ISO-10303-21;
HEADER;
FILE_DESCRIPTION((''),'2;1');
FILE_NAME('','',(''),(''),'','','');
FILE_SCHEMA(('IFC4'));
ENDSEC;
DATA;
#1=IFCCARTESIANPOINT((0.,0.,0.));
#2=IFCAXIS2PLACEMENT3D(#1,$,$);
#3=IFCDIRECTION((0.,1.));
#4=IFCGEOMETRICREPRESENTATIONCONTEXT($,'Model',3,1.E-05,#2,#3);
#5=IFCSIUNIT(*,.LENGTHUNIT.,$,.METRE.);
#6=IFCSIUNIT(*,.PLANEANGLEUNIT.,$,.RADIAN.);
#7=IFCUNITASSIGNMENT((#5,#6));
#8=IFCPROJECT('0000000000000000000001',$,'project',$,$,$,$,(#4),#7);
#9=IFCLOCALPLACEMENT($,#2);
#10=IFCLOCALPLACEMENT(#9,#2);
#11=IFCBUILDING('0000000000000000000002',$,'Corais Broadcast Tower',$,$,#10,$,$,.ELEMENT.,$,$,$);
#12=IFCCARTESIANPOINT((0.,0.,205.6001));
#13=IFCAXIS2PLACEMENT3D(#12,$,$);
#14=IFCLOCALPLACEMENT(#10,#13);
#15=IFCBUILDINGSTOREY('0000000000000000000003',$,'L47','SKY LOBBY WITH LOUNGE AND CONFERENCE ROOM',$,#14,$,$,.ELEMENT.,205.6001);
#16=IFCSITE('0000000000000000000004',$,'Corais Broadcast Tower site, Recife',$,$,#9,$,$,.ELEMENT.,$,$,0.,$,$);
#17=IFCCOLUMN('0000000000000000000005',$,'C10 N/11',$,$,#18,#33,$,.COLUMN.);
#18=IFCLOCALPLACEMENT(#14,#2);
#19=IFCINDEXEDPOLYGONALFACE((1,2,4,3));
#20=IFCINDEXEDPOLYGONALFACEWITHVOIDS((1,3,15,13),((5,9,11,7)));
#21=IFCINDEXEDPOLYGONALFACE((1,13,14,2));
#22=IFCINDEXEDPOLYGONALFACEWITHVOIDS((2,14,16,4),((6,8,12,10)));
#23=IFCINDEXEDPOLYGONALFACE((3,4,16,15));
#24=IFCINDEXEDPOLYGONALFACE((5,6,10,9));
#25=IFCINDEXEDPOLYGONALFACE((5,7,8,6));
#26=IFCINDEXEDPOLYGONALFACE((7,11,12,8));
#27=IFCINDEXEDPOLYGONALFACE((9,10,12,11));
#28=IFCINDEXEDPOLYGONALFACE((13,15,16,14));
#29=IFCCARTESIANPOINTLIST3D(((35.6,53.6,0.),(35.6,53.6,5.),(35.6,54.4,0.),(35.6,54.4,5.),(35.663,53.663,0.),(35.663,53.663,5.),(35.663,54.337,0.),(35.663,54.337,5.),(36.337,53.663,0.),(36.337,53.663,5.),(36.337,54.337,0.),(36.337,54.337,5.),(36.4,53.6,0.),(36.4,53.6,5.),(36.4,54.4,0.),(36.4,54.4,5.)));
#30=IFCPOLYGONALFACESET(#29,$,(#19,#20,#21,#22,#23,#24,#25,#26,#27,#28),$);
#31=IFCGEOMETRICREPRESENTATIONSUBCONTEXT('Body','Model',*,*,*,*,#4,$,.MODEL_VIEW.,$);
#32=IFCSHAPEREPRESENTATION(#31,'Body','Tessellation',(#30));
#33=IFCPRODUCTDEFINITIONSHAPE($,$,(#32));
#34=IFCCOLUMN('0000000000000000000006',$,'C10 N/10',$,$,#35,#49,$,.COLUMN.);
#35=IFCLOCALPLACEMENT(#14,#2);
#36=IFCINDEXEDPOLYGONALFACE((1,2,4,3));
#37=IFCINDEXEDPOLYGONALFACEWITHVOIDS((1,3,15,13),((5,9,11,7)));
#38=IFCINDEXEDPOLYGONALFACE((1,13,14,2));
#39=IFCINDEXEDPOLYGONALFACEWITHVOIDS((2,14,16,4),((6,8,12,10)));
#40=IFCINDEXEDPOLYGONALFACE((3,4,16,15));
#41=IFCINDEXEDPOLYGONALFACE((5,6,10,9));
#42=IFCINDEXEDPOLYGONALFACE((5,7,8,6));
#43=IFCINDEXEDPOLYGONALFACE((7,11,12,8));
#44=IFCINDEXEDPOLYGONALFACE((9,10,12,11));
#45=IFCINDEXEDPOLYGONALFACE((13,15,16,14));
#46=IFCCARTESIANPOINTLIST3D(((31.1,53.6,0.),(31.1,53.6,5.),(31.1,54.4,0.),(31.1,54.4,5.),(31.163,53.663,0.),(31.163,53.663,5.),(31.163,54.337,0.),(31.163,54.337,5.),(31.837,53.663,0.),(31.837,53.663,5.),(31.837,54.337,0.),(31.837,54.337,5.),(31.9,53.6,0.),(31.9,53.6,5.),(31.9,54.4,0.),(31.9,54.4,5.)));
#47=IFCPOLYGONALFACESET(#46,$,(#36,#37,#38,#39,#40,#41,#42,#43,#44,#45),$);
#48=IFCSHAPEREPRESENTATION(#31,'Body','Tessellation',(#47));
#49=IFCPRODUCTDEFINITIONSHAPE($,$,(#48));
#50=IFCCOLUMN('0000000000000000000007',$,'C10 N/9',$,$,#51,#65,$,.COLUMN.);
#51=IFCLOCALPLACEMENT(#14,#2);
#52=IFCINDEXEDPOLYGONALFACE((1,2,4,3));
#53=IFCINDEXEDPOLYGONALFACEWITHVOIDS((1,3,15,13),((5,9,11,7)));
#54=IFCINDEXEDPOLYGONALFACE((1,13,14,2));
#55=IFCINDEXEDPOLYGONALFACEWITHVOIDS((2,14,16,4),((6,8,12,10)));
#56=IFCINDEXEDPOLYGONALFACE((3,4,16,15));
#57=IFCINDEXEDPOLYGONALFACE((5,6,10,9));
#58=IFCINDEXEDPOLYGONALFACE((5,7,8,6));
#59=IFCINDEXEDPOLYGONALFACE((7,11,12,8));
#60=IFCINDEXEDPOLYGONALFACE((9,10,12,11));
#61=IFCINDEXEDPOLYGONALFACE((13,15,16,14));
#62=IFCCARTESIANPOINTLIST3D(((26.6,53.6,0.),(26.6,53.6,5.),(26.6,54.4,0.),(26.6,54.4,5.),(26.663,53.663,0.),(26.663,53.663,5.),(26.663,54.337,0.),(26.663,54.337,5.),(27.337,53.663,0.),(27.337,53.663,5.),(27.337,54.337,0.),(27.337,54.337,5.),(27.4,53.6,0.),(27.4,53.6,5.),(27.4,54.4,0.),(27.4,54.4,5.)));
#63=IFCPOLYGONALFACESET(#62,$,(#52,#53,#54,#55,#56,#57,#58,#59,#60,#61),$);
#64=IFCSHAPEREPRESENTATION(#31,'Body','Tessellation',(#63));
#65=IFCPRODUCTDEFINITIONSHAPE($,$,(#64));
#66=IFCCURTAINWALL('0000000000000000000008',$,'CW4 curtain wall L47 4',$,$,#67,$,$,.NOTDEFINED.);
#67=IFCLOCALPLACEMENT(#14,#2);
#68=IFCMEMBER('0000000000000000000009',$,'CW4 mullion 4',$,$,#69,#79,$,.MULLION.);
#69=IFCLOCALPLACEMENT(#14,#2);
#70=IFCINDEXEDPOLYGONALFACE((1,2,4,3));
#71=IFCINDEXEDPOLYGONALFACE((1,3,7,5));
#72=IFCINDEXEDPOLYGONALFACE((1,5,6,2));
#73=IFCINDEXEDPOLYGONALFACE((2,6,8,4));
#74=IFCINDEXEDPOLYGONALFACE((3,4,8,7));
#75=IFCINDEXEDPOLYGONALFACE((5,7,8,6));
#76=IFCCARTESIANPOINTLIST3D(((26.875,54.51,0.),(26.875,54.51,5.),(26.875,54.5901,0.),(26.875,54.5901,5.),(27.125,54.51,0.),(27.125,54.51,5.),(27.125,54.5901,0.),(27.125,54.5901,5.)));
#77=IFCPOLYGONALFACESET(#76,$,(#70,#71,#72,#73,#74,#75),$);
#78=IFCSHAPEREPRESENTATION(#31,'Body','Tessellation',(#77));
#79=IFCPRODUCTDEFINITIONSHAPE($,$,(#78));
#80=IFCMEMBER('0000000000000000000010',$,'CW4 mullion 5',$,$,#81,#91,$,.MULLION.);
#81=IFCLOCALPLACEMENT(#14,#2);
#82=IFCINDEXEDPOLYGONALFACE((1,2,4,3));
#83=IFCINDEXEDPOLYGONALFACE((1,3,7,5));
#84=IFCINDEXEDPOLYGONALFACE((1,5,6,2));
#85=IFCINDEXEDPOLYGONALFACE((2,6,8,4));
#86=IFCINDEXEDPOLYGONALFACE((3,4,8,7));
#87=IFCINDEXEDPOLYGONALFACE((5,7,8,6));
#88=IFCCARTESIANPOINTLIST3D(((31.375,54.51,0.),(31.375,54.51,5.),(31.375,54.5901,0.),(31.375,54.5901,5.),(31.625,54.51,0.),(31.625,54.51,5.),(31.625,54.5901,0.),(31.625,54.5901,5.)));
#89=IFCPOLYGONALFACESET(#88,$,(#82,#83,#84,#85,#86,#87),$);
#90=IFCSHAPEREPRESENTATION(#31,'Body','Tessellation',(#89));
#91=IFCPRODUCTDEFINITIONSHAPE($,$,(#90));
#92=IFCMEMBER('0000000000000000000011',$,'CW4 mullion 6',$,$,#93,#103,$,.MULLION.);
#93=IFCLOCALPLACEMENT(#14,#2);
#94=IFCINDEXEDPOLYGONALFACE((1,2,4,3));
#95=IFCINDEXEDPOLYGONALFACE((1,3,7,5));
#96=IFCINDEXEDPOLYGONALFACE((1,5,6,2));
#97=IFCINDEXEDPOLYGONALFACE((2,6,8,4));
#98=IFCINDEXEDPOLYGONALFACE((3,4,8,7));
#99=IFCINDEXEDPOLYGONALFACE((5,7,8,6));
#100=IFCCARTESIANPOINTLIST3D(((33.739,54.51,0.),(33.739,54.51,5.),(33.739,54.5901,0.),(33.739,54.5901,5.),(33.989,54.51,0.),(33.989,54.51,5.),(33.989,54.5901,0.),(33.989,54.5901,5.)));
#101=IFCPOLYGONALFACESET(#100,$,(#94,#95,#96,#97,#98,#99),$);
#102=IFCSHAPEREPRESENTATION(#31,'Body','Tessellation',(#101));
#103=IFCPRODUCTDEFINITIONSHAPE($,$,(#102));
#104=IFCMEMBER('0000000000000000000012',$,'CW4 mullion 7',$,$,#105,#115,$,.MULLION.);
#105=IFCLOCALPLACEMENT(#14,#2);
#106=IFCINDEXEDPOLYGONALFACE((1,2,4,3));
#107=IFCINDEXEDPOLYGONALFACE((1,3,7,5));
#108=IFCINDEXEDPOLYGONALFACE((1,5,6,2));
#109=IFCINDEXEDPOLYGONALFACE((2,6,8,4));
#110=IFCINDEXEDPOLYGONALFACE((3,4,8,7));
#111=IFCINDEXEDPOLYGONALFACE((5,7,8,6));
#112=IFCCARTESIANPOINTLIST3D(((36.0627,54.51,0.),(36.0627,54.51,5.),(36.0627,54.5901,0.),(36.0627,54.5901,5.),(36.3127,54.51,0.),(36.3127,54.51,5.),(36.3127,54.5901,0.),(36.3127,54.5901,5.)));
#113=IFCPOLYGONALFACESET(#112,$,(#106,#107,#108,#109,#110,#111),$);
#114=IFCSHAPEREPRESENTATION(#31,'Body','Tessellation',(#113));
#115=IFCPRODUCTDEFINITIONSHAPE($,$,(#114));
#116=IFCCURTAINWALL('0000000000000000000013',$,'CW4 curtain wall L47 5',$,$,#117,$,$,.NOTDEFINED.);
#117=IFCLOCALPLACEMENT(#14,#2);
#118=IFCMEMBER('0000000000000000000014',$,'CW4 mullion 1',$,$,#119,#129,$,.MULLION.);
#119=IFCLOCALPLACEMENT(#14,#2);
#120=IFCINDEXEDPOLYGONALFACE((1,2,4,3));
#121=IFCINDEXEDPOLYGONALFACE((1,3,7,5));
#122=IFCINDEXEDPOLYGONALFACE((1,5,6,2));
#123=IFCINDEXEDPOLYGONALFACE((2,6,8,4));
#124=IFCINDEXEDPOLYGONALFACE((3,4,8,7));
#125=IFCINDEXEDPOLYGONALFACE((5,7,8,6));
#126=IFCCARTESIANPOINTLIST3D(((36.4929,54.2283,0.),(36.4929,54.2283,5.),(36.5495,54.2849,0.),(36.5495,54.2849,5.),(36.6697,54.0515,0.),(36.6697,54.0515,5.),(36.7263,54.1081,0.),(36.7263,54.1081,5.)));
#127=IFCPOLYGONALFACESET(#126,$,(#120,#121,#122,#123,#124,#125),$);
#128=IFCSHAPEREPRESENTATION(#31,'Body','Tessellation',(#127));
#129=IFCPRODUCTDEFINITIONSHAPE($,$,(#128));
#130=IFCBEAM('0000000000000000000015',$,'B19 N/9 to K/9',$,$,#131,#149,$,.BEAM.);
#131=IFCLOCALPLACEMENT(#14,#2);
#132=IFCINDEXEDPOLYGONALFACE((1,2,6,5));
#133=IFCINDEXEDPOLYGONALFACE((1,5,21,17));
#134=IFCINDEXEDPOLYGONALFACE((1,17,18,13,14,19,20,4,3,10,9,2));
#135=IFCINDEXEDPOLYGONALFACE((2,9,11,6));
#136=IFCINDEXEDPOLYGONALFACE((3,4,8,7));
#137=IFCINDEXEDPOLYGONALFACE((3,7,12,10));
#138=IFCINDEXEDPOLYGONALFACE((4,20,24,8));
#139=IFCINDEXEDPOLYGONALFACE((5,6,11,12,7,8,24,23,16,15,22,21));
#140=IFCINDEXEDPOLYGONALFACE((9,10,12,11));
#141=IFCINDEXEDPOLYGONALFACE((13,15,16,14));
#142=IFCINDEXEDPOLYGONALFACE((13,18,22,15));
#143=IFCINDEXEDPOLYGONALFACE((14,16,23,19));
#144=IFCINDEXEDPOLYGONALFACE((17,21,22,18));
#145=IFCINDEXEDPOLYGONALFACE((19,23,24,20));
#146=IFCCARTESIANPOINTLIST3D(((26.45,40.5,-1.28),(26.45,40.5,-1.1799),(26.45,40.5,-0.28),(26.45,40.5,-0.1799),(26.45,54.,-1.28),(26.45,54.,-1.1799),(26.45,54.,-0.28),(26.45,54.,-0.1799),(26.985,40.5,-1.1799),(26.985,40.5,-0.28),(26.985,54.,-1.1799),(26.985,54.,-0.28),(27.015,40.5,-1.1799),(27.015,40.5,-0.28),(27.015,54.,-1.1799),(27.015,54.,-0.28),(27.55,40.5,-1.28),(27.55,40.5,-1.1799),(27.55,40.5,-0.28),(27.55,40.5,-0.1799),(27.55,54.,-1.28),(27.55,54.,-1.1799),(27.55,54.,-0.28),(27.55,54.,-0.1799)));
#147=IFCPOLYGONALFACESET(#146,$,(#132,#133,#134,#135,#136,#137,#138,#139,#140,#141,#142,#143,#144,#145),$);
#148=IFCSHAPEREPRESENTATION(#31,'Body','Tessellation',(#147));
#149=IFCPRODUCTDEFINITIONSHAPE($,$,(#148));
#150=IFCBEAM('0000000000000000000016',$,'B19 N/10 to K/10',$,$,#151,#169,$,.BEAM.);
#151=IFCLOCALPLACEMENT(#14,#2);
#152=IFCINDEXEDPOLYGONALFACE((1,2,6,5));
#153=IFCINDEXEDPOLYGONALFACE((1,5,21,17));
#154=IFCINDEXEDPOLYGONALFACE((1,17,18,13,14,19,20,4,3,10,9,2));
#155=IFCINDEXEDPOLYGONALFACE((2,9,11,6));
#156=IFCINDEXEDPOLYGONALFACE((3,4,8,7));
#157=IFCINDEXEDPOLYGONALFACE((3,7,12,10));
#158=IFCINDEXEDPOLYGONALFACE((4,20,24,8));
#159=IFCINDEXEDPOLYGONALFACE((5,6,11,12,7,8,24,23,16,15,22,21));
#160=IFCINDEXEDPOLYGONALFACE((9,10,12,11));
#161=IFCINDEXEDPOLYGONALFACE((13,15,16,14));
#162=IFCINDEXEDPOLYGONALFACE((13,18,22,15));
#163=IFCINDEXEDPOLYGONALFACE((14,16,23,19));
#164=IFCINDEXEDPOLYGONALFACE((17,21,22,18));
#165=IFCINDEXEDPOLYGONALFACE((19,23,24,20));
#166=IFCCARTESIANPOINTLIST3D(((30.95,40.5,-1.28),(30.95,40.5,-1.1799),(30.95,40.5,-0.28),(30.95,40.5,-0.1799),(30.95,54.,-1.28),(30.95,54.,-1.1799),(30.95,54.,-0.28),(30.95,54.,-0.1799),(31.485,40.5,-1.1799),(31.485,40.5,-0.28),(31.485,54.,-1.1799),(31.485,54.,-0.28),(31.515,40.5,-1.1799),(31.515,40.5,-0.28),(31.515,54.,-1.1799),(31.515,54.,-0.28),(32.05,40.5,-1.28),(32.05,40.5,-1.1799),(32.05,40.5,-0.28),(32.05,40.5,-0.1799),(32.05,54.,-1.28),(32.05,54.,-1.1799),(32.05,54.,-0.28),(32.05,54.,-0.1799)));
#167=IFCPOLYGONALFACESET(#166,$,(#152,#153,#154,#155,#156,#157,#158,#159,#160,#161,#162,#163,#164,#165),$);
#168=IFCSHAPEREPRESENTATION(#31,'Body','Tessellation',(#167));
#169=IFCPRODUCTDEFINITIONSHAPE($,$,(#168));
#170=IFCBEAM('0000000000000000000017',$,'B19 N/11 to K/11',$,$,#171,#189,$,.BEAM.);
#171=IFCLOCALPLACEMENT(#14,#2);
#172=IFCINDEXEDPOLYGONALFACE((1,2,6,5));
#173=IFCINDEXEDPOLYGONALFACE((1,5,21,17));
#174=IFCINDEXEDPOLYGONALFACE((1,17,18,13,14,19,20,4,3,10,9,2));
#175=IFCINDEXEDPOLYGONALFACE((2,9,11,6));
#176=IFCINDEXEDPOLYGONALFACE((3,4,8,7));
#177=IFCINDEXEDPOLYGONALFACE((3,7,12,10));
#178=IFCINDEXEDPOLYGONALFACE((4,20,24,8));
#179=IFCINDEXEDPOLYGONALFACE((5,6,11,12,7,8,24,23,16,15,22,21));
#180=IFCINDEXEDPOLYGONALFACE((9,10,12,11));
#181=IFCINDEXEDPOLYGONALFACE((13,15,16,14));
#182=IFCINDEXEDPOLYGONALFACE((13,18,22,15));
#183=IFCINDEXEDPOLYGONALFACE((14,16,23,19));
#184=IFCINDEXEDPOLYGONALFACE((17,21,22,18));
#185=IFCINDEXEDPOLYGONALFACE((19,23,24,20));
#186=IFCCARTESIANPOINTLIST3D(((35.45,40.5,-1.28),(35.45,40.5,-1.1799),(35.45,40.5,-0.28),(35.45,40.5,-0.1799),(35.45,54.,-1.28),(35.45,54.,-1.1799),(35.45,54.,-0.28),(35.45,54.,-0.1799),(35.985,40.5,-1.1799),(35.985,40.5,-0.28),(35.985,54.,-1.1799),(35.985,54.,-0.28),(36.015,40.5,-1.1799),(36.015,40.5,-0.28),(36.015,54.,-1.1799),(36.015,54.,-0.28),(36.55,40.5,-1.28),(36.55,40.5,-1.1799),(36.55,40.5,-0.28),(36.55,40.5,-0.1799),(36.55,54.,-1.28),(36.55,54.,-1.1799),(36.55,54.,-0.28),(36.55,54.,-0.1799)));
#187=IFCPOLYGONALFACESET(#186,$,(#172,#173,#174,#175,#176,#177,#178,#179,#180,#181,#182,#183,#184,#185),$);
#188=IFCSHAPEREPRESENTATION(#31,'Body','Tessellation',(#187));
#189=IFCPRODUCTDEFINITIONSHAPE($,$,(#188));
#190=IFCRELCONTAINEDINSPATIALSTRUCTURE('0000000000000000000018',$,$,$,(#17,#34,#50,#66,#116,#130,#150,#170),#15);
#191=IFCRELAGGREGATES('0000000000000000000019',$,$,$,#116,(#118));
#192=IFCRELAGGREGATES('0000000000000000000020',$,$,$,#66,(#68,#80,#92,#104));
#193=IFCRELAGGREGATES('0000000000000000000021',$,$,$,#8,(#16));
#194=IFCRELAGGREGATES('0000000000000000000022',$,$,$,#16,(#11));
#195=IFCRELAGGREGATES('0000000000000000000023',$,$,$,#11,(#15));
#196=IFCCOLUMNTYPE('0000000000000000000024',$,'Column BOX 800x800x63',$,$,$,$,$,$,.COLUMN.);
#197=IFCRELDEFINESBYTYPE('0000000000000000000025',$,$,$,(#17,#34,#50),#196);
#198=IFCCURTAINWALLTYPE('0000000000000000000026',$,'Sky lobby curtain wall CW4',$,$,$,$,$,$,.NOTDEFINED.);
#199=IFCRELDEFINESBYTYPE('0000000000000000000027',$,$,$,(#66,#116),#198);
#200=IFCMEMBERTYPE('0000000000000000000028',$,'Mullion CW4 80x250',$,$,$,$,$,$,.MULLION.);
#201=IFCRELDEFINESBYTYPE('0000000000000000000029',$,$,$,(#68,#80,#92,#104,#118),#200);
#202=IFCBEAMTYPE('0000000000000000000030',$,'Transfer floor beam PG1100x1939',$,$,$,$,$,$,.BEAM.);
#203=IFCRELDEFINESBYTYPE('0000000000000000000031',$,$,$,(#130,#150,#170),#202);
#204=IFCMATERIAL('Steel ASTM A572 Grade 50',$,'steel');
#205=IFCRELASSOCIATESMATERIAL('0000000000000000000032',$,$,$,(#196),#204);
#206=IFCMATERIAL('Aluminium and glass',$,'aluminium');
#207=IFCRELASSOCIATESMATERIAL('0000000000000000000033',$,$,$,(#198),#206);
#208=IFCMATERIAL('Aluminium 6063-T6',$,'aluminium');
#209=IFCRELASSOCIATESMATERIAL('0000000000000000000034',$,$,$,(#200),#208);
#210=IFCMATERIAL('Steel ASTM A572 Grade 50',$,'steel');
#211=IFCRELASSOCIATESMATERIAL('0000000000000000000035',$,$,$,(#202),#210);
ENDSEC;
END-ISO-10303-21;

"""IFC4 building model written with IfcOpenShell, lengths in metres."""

from ifc_helpers import new_model, si_unit, direction, frame, origin, origin_2d, place, context, subcontext, project, spatial, rectangle, hollow_rectangle, i_section, extrude, material, material_profile, profile_set, type_object, element, aggregate, save


model = new_model("IFC4")

# Units and contexts
model_context = context("Model", 3, precision=1e-05, world=origin(), true_north=direction((0.0, 1.0)))
body_context = subcontext(model_context, "Body", "Model", "MODEL_VIEW")
ifc_project = project(units=[si_unit("LENGTHUNIT", "METRE"), si_unit("PLANEANGLEUNIT", "RADIAN")], contexts=[model_context])

# Site, building, storey
site_placement = place(None, origin())
site = spatial("IfcSite", under=ifc_project, at=site_placement, Name="Corais Broadcast Tower site, Recife", CompositionType="ELEMENT", RefElevation=0.0)
building_placement = place(site_placement, origin())
building = spatial("IfcBuilding", under=site, at=building_placement, Name="Corais Broadcast Tower", CompositionType="ELEMENT")
storey_placement = place(building_placement, frame((0.0, 0.0, 205.6001)))
storey = spatial("IfcBuildingStorey", under=building, at=storey_placement, Name="L47", Description="SKY LOBBY WITH LOUNGE AND CONFERENCE ROOM", CompositionType="ELEMENT", Elevation=205.6001)

# Columns
ifc_material_1 = material(Name="Steel ASTM A572 Grade 50", Category="steel")
ifc_material_profile_1 = material_profile(ifc_material_1, hollow_rectangle(XDim=0.8, YDim=0.8, WallThickness=0.063, at=origin_2d()), Name="BOX 800x800x63")
ifc_profile_set_1 = profile_set([ifc_material_profile_1], Name="Steel ASTM A572 Grade 50")
column_type = type_object("IfcColumnType", Name="Column BOX 800x800x63", PredefinedType="COLUMN", material=ifc_profile_set_1)
for number, where, z_axis, x_axis, name in (
    (1, (36.0, 54.0, 0.0), (0.0, 0.0, 1.0), (1.0, 0.0, 0.0), "C10 N/11"),
    (2, (31.5, 54.0, 0.0), (0.0, 0.0, 1.0), (1.0, 0.0, 0.0), "C10 N/10"),
    (3, (27.0, 54.0, 0.0), (0.0, 0.0, 1.0), (1.0, 0.0, 0.0), "C10 N/9"),
):
    element("IfcColumn", number, at=place(storey_placement, frame(where, z_axis=z_axis, x_axis=x_axis)), inside=storey, type_object=column_type, Name=name, PredefinedType="COLUMN", context=body_context, shape_type="SweptSolid", body=[
        extrude(hollow_rectangle(XDim=0.8, YDim=0.8, WallThickness=0.063, at=origin_2d()), origin(), (0.0, 0.0, 1.0), 5.0),
    ])

# Curtain wall, members
ifc_material_2 = material(Name="Aluminium and glass", Category="aluminium")
curtain_wall_type = type_object("IfcCurtainWallType", Name="Sky lobby curtain wall CW4", PredefinedType="NOTDEFINED", material=ifc_material_2)
curtain_wall_1_placement = place(storey_placement, origin())
curtain_wall_1 = element("IfcCurtainWall", 4, at=curtain_wall_1_placement, inside=storey, type_object=curtain_wall_type, Name="CW4 curtain wall L47 4", PredefinedType="NOTDEFINED")
ifc_material_3 = material(Name="Aluminium 6063-T6", Category="aluminium")
ifc_material_profile_2 = material_profile(ifc_material_3, rectangle(XDim=0.0801, YDim=0.25, at=origin_2d()), Name="Mullion CW4 80x250")
ifc_profile_set_2 = profile_set([ifc_material_profile_2], Name="Aluminium 6063-T6")
member_type_1 = type_object("IfcMemberType", Name="Mullion CW4 80x250", PredefinedType="MULLION", material=ifc_profile_set_2)
member_1_placement = place(storey_placement, frame((27.0, 54.55, 0.0), z_axis=(0.0, 0.0, 1.0), x_axis=(0.0, 1.0, 0.0)))
member_1 = element("IfcMember", 5, at=member_1_placement, type_object=member_type_1, Name="CW4 mullion 4", PredefinedType="MULLION", context=body_context, shape_type="SweptSolid", body=[
    extrude(rectangle(XDim=0.0801, YDim=0.25, at=origin_2d()), origin(), (0.0, 0.0, 1.0), 5.0),
])
member_2_placement = place(storey_placement, frame((31.5, 54.55, 0.0), z_axis=(0.0, 0.0, 1.0), x_axis=(0.0, 1.0, 0.0)))
member_2 = element("IfcMember", 6, at=member_2_placement, type_object=member_type_1, Name="CW4 mullion 5", PredefinedType="MULLION", context=body_context, shape_type="SweptSolid", body=[
    extrude(rectangle(XDim=0.0801, YDim=0.25, at=origin_2d()), origin(), (0.0, 0.0, 1.0), 5.0),
])
member_3_placement = place(storey_placement, frame((33.864, 54.55, 0.0), z_axis=(0.0, 0.0, 1.0), x_axis=(0.0, 1.0, 0.0)))
member_3 = element("IfcMember", 7, at=member_3_placement, type_object=member_type_1, Name="CW4 mullion 6", PredefinedType="MULLION", context=body_context, shape_type="SweptSolid", body=[
    extrude(rectangle(XDim=0.0801, YDim=0.25, at=origin_2d()), origin(), (0.0, 0.0, 1.0), 5.0),
])
member_4_placement = place(storey_placement, frame((36.1877, 54.55, 0.0), z_axis=(0.0, 0.0, 1.0), x_axis=(0.0, 1.0, 0.0)))
member_4 = element("IfcMember", 8, at=member_4_placement, type_object=member_type_1, Name="CW4 mullion 7", PredefinedType="MULLION", context=body_context, shape_type="SweptSolid", body=[
    extrude(rectangle(XDim=0.0801, YDim=0.25, at=origin_2d()), origin(), (0.0, 0.0, 1.0), 5.0),
])

# Curtain wall, member
curtain_wall_2_placement = place(storey_placement, origin())
curtain_wall_2 = element("IfcCurtainWall", 9, at=curtain_wall_2_placement, inside=storey, type_object=curtain_wall_type, Name="CW4 curtain wall L47 5", PredefinedType="NOTDEFINED")
member_5_placement = place(storey_placement, frame((36.6096, 54.1682, 0.0), z_axis=(0.0, 0.0, 1.0), x_axis=(0.707107, 0.707107, 0.0)))
member_5 = element("IfcMember", 10, at=member_5_placement, type_object=member_type_1, Name="CW4 mullion 1", PredefinedType="MULLION", context=body_context, shape_type="SweptSolid", body=[
    extrude(rectangle(XDim=0.0801, YDim=0.25, at=origin_2d()), origin(), (0.0, 0.0, 1.0), 5.0),
])

# Beams
ifc_material_4 = material(Name="Steel ASTM A572 Grade 50", Category="steel")
ifc_material_profile_3 = material_profile(ifc_material_4, i_section(OverallWidth=1.1001, OverallDepth=1.1001, WebThickness=0.03, FlangeThickness=0.1001, at=origin_2d()), Name="PG1100x1939")
ifc_profile_set_3 = profile_set([ifc_material_profile_3], Name="Steel ASTM A572 Grade 50")
beam_type_1 = type_object("IfcBeamType", Name="Transfer floor beam PG1100x1939", PredefinedType="BEAM", material=ifc_profile_set_3)
for number, where, z_axis, x_axis, name in (
    (11, (27.0, 54.0, -0.73), (0.0, -1.0, 0.0), (1.0, 0.0, 0.0), "B19 N/9 to K/9"),
    (12, (31.5, 54.0, -0.73), (0.0, -1.0, 0.0), (1.0, 0.0, 0.0), "B19 N/10 to K/10"),
    (13, (36.0, 54.0, -0.73), (0.0, -1.0, 0.0), (1.0, 0.0, 0.0), "B19 N/11 to K/11"),
):
    element("IfcBeam", number, at=place(storey_placement, frame(where, z_axis=z_axis, x_axis=x_axis)), inside=storey, type_object=beam_type_1, Name=name, PredefinedType="BEAM", context=body_context, shape_type="SweptSolid", body=[
        extrude(i_section(OverallWidth=1.1001, OverallDepth=1.1001, WebThickness=0.03, FlangeThickness=0.1001, at=origin_2d()), origin(), (0.0, 0.0, 1.0), 13.5),
    ])

aggregate(curtain_wall_2, [member_5])
aggregate(curtain_wall_1, [member_1, member_2, member_3, member_4])

save(model, "model.ifc")
